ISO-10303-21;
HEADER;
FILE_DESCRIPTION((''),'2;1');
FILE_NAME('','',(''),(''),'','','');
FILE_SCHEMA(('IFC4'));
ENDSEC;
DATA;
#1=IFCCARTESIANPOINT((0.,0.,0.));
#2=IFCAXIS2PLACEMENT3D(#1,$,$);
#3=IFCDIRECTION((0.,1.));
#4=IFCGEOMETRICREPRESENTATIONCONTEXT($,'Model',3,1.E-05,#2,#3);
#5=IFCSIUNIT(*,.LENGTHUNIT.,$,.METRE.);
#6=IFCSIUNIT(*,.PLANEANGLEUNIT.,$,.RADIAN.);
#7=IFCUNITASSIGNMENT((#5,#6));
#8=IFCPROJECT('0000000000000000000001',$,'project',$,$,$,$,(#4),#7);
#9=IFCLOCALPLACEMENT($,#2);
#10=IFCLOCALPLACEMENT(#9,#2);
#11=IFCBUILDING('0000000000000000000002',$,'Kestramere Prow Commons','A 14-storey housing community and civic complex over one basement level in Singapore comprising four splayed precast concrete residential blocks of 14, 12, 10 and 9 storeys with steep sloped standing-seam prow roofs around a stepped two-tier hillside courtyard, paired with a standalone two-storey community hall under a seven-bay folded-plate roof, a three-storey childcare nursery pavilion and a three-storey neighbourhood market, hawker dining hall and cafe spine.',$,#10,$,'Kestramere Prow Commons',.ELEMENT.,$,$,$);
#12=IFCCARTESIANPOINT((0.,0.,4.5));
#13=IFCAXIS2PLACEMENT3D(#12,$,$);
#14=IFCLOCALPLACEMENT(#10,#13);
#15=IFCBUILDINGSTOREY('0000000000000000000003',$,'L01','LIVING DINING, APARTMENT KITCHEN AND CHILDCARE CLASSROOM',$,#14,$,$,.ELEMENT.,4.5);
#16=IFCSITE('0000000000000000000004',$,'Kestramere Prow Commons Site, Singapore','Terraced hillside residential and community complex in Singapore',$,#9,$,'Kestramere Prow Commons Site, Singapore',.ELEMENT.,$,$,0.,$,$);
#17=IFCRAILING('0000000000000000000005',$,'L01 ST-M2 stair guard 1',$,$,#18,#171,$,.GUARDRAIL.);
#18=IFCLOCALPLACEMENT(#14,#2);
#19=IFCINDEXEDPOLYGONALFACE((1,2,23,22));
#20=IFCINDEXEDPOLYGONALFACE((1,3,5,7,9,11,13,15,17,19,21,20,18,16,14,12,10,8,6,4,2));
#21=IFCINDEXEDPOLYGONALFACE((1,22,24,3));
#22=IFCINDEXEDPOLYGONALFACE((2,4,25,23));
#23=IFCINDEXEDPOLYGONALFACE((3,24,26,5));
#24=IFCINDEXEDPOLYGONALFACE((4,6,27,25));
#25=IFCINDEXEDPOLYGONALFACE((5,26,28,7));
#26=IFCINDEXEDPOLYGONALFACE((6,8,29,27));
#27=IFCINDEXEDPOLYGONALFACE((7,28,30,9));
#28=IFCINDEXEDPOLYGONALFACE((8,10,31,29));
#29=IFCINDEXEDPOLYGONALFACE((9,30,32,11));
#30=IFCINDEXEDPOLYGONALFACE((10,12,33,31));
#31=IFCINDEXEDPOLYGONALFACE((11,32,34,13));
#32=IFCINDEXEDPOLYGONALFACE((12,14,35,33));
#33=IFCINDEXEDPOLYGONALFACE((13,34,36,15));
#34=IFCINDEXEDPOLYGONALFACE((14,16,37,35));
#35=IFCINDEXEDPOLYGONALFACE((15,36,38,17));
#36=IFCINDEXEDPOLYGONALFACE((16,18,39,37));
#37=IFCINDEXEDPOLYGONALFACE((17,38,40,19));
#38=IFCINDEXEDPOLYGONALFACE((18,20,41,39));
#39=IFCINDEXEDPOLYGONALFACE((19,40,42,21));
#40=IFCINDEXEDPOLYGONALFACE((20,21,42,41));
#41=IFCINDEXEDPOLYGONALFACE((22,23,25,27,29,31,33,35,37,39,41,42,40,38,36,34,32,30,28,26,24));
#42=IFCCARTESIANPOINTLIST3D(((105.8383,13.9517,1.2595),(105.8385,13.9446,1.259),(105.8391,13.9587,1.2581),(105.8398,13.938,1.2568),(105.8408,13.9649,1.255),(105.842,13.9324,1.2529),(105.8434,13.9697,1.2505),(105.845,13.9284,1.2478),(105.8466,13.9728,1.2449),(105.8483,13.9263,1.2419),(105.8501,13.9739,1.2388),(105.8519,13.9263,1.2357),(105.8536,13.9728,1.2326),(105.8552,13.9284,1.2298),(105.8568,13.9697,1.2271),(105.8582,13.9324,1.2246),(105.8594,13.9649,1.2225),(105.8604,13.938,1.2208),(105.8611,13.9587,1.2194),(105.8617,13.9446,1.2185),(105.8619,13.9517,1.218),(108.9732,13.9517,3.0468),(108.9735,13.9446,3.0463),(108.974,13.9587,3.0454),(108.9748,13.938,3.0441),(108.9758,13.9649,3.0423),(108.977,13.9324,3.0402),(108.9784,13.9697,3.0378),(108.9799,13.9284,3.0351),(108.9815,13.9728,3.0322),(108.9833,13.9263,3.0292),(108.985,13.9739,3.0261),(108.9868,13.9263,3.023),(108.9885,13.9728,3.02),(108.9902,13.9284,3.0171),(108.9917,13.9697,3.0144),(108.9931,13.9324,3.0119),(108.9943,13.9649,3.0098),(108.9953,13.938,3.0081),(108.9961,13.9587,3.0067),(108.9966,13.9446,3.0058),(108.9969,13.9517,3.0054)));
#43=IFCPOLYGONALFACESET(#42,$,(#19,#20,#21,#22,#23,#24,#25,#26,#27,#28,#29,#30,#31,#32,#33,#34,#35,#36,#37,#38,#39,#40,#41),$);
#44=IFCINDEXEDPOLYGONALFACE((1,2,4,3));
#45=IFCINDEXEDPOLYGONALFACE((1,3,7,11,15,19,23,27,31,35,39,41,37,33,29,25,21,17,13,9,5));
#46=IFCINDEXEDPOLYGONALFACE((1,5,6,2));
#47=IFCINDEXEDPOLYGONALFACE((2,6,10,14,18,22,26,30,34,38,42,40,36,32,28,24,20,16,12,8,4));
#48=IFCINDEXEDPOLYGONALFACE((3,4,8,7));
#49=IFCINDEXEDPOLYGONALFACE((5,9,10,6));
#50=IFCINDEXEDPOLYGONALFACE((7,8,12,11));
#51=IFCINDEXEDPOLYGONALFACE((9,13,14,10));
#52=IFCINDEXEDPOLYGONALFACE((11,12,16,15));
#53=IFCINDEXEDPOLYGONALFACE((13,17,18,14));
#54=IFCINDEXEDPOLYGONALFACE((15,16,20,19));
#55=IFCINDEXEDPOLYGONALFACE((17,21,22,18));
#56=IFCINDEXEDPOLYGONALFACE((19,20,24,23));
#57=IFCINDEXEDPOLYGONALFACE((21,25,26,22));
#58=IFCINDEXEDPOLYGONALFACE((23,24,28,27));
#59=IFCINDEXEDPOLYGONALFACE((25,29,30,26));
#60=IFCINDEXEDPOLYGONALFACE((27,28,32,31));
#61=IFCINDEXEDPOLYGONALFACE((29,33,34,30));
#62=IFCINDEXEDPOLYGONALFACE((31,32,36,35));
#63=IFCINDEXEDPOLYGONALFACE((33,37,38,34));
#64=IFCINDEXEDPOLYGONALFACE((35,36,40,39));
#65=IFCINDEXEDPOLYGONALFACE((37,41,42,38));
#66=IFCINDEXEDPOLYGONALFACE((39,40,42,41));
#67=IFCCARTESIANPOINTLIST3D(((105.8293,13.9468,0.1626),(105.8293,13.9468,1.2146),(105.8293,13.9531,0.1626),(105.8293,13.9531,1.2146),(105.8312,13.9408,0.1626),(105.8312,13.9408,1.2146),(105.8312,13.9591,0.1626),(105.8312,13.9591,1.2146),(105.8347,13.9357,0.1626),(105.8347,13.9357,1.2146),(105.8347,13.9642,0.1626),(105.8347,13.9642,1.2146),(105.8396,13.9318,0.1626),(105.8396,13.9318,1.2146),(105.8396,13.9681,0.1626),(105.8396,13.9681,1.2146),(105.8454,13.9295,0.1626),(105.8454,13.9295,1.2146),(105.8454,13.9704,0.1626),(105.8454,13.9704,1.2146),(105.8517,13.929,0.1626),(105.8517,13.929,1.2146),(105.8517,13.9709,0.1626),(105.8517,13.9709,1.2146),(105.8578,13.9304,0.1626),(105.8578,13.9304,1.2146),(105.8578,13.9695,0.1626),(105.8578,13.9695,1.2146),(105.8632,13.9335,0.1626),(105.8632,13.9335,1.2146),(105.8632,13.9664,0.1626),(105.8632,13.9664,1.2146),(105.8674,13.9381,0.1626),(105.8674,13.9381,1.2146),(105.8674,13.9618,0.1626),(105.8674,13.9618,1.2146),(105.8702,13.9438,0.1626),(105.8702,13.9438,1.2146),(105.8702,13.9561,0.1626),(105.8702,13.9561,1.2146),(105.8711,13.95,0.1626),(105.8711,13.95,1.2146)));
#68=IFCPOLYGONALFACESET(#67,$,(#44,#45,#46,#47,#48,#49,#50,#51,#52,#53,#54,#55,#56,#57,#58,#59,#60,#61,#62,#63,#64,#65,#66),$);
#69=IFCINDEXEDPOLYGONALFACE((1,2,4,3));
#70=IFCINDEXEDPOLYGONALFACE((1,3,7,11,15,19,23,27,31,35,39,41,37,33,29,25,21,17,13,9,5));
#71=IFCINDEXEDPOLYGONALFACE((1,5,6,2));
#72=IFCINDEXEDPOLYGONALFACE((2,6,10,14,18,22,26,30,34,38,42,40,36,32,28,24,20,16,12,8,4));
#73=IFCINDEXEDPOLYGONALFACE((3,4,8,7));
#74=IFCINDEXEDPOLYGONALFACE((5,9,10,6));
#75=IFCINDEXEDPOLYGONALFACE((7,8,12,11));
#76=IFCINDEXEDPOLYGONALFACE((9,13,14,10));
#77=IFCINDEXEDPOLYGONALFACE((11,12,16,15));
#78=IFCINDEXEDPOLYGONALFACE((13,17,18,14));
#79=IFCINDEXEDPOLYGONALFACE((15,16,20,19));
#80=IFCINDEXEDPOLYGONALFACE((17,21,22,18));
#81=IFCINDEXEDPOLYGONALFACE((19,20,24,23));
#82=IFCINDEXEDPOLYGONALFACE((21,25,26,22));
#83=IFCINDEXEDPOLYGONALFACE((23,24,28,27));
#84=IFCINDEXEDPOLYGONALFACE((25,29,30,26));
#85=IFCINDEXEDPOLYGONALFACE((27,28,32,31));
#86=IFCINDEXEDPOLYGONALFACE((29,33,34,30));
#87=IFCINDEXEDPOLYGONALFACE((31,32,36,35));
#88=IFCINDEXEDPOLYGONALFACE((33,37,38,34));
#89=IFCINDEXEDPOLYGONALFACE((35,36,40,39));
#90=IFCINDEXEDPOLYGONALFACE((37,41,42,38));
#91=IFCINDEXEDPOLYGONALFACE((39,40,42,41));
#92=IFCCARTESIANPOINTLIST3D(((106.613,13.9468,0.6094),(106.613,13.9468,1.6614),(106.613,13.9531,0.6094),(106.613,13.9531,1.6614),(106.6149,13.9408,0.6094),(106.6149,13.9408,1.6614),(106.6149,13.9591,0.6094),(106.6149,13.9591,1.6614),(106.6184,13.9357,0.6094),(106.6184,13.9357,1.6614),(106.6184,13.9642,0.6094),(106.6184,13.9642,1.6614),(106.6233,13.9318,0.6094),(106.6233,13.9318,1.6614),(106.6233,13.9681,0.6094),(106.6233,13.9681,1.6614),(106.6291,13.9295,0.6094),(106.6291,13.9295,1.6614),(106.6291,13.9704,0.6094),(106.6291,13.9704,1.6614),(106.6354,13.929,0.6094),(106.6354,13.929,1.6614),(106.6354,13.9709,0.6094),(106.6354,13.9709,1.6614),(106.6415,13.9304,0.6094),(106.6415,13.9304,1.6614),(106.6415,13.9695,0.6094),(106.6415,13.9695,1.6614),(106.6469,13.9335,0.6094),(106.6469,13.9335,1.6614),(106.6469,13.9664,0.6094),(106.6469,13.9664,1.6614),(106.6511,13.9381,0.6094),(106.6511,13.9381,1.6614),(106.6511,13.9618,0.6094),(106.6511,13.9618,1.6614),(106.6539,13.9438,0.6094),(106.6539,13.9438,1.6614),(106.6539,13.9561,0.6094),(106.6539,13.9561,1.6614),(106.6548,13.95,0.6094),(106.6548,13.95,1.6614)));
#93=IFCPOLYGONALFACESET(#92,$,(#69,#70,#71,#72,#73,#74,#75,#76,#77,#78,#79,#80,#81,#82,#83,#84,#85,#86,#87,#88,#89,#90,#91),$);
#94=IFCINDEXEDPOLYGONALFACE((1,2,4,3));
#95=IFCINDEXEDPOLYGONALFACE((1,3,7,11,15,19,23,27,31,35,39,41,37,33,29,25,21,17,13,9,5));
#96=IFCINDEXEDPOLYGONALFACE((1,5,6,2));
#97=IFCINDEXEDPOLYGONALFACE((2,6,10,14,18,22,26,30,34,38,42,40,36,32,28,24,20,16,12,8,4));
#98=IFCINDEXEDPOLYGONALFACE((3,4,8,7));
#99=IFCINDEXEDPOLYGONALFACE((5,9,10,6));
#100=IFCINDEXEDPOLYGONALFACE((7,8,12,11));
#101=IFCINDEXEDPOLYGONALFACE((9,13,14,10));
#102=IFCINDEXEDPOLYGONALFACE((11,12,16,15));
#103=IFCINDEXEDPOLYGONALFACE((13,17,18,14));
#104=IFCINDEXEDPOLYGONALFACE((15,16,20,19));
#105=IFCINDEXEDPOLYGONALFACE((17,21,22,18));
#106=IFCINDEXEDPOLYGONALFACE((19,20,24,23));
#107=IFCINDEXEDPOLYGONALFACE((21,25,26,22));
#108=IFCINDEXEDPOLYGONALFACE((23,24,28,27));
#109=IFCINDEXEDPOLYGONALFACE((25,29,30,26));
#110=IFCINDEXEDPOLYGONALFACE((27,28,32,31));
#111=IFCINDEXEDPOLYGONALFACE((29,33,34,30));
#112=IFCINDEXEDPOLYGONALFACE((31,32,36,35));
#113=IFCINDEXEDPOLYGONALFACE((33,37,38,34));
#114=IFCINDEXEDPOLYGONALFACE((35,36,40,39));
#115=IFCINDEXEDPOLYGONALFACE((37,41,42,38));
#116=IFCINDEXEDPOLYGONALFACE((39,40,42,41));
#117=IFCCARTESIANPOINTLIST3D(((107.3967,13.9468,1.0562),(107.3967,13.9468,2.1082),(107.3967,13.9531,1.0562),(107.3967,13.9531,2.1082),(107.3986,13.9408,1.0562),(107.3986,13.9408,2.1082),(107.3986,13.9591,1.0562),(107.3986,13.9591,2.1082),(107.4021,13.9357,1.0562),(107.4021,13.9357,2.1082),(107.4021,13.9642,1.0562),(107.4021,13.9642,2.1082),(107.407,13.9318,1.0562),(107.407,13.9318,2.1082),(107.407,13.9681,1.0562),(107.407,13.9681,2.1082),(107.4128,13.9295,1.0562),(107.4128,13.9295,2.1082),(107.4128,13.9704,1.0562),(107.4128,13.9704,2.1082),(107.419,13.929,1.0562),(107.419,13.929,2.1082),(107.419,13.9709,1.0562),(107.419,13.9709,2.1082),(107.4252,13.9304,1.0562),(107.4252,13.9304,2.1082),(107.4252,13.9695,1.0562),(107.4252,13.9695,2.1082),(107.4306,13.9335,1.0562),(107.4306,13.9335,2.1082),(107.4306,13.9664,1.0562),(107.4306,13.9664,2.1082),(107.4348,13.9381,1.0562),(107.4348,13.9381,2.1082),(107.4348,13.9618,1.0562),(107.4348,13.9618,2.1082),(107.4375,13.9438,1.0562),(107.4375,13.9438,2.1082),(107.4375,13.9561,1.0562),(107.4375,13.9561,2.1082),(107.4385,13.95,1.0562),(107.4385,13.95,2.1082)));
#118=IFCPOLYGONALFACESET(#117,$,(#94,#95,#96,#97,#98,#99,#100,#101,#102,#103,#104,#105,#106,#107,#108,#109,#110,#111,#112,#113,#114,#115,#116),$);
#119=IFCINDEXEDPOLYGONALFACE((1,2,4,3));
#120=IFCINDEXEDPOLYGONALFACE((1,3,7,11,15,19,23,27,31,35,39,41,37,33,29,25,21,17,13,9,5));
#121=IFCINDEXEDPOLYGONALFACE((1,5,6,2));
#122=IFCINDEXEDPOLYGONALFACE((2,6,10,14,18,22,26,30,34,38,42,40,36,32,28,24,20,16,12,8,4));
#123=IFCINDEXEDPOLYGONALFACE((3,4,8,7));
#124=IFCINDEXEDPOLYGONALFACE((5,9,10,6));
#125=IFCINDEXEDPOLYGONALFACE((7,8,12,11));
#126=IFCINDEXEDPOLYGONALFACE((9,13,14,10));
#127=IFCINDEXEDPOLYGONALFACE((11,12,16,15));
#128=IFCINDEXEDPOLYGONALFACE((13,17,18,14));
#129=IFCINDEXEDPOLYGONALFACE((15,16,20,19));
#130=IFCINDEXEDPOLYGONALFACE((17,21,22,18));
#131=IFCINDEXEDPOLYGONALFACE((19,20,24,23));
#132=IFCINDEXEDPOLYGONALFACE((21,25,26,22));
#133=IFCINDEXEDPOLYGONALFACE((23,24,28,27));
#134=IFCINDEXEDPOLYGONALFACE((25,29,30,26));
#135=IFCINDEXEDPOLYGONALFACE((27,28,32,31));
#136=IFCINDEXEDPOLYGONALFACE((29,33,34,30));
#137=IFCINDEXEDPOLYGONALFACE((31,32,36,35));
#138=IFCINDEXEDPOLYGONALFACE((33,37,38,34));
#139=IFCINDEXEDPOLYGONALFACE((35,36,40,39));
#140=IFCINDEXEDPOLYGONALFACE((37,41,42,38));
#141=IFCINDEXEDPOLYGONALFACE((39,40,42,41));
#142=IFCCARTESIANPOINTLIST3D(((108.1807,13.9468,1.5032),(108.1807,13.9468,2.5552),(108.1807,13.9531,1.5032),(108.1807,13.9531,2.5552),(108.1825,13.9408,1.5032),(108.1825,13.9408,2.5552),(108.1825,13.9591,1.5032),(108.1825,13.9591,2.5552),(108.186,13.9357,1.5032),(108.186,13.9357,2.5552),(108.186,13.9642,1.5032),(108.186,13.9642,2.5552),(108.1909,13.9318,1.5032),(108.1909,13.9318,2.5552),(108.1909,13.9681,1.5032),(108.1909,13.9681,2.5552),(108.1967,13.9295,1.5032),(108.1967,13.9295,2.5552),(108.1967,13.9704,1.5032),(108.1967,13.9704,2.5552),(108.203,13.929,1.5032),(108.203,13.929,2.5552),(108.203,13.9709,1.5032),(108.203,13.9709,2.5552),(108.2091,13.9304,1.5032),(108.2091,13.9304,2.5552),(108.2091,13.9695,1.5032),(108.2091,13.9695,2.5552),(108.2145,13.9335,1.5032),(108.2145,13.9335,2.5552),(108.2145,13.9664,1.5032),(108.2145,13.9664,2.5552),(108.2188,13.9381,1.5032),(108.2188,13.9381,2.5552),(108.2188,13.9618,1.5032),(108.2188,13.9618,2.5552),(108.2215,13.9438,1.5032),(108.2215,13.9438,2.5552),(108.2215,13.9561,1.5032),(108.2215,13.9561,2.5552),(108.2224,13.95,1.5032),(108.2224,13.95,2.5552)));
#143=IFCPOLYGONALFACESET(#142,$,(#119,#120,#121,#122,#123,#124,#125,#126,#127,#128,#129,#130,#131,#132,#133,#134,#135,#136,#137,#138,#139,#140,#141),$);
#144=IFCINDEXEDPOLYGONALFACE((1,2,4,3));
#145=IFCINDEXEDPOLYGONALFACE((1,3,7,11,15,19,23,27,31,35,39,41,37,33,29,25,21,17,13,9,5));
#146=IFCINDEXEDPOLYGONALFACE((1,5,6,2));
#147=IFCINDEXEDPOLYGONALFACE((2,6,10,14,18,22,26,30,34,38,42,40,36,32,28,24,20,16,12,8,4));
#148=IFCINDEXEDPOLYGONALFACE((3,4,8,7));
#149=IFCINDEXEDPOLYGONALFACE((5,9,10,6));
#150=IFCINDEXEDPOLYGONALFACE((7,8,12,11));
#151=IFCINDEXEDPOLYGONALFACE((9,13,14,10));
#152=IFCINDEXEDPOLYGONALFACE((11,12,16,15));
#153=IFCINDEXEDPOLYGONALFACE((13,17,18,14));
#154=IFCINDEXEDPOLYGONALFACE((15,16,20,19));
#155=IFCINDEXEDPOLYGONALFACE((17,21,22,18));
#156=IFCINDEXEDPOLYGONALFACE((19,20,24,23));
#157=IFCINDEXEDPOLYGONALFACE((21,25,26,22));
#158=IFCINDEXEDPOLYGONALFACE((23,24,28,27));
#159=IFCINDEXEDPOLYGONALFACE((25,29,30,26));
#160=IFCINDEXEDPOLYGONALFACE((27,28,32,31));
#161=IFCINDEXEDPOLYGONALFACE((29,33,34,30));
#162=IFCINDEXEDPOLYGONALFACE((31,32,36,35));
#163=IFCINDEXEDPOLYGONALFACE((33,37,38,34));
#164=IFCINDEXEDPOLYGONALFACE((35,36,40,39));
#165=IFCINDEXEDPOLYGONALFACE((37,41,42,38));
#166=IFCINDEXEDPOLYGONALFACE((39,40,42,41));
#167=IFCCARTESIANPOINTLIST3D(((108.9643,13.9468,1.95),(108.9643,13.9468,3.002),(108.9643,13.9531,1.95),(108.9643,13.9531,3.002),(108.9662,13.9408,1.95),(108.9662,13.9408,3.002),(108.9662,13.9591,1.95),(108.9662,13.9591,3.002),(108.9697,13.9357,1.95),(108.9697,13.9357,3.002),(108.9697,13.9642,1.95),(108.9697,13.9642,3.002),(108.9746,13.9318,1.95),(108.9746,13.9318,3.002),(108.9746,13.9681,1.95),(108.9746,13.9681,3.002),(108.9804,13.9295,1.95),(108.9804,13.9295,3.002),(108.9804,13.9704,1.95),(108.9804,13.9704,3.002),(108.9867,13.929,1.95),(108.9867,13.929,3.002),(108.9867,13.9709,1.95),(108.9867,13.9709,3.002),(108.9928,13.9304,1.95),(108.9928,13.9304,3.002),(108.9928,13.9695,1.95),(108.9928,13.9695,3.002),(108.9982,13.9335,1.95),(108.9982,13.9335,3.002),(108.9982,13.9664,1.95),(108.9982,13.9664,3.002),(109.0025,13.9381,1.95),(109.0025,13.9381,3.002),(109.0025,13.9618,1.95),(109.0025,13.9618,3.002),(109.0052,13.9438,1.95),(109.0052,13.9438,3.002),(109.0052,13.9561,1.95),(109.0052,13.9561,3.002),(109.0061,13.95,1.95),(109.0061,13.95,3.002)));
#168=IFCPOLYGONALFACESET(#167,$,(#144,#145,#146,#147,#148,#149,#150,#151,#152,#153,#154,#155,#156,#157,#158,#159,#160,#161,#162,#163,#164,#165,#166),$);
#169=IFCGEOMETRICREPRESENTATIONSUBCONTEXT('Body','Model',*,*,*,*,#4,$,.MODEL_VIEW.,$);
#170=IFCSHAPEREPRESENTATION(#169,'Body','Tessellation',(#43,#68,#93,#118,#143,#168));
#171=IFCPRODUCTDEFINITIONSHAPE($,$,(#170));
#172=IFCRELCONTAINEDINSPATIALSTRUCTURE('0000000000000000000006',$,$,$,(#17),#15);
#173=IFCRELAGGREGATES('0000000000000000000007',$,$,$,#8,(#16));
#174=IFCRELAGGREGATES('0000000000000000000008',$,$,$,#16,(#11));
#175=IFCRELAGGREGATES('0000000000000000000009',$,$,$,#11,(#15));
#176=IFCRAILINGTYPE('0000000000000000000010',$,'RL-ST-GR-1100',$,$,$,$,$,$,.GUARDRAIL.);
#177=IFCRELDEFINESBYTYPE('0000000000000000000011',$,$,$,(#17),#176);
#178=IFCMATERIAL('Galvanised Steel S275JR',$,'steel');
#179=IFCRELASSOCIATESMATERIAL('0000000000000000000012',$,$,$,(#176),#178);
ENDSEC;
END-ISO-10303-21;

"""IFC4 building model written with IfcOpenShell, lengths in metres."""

from ifc_helpers import new_model, si_unit, direction, frame, origin, origin_2d, place, context, subcontext, project, spatial, circle, extrude, material, type_object, element, save


model = new_model("IFC4")

# Units and contexts
model_context = context("Model", 3, precision=1e-05, world=origin(), true_north=direction((0.0, 1.0)))
body_context = subcontext(model_context, "Body", "Model", "MODEL_VIEW")
ifc_project = project(units=[si_unit("LENGTHUNIT", "METRE"), si_unit("PLANEANGLEUNIT", "RADIAN")], contexts=[model_context])

# Site, building, storey
site_placement = place(None, origin())
site = spatial("IfcSite", under=ifc_project, at=site_placement, Name="Kestramere Prow Commons Site, Singapore", Description="Terraced hillside residential and community complex in Singapore", LongName="Kestramere Prow Commons Site, Singapore", CompositionType="ELEMENT", RefElevation=0.0)
building_placement = place(site_placement, origin())
building = spatial("IfcBuilding", under=site, at=building_placement, Name="Kestramere Prow Commons", Description="A 14-storey housing community and civic complex over one basement level in Singapore comprising four splayed precast concrete residential blocks of 14, 12, 10 and 9 storeys with steep sloped standing-seam prow roofs around a stepped two-tier hillside courtyard, paired with a standalone two-storey community hall under a seven-bay folded-plate roof, a three-storey childcare nursery pavilion and a three-storey neighbourhood market, hawker dining hall and cafe spine.", LongName="Kestramere Prow Commons", CompositionType="ELEMENT")
storey_placement = place(building_placement, frame((0.0, 0.0, 4.5)))
storey = spatial("IfcBuildingStorey", under=building, at=storey_placement, Name="L01", Description="LIVING DINING, APARTMENT KITCHEN AND CHILDCARE CLASSROOM", CompositionType="ELEMENT", Elevation=4.5)

# Railing
ifc_material_1 = material(Name="Galvanised Steel S275JR", Category="steel")
railing_type_1 = type_object("IfcRailingType", Name="RL-ST-GR-1100", PredefinedType="GUARDRAIL", material=ifc_material_1)
railing_1_placement = place(storey_placement, frame((105.8501, 13.95, 0.1626)))
element("IfcRailing", 1, at=railing_1_placement, inside=storey, type_object=railing_type_1, Name="L01 ST-M2 stair guard 1", PredefinedType="GUARDRAIL", context=body_context, shape_type="SweptSolid", body=[
    extrude(circle(Radius=0.0239, at=origin_2d()), frame((0.0, 0.0, 1.0762), z_axis=(0.86873, 0.0, 0.495286), x_axis=(0.0, 1.0, 0.0)), (0.0, 0.0, 1.0), 3.6086),
    extrude(circle(Radius=0.021, at=origin_2d()), origin(), (0.0, 0.0, 1.0), 1.052),
    extrude(circle(Radius=0.021, at=origin_2d()), frame((0.7837, 0.0, 0.4468)), (0.0, 0.0, 1.0), 1.052),
    extrude(circle(Radius=0.021, at=origin_2d()), frame((1.5674, 0.0, 0.8936)), (0.0, 0.0, 1.0), 1.052),
    extrude(circle(Radius=0.021, at=origin_2d()), frame((2.3513, 0.0, 1.3406)), (0.0, 0.0, 1.0), 1.052),
    extrude(circle(Radius=0.021, at=origin_2d()), frame((3.135, 0.0, 1.7874)), (0.0, 0.0, 1.0), 1.052),
])

save(model, "model.ifc")
